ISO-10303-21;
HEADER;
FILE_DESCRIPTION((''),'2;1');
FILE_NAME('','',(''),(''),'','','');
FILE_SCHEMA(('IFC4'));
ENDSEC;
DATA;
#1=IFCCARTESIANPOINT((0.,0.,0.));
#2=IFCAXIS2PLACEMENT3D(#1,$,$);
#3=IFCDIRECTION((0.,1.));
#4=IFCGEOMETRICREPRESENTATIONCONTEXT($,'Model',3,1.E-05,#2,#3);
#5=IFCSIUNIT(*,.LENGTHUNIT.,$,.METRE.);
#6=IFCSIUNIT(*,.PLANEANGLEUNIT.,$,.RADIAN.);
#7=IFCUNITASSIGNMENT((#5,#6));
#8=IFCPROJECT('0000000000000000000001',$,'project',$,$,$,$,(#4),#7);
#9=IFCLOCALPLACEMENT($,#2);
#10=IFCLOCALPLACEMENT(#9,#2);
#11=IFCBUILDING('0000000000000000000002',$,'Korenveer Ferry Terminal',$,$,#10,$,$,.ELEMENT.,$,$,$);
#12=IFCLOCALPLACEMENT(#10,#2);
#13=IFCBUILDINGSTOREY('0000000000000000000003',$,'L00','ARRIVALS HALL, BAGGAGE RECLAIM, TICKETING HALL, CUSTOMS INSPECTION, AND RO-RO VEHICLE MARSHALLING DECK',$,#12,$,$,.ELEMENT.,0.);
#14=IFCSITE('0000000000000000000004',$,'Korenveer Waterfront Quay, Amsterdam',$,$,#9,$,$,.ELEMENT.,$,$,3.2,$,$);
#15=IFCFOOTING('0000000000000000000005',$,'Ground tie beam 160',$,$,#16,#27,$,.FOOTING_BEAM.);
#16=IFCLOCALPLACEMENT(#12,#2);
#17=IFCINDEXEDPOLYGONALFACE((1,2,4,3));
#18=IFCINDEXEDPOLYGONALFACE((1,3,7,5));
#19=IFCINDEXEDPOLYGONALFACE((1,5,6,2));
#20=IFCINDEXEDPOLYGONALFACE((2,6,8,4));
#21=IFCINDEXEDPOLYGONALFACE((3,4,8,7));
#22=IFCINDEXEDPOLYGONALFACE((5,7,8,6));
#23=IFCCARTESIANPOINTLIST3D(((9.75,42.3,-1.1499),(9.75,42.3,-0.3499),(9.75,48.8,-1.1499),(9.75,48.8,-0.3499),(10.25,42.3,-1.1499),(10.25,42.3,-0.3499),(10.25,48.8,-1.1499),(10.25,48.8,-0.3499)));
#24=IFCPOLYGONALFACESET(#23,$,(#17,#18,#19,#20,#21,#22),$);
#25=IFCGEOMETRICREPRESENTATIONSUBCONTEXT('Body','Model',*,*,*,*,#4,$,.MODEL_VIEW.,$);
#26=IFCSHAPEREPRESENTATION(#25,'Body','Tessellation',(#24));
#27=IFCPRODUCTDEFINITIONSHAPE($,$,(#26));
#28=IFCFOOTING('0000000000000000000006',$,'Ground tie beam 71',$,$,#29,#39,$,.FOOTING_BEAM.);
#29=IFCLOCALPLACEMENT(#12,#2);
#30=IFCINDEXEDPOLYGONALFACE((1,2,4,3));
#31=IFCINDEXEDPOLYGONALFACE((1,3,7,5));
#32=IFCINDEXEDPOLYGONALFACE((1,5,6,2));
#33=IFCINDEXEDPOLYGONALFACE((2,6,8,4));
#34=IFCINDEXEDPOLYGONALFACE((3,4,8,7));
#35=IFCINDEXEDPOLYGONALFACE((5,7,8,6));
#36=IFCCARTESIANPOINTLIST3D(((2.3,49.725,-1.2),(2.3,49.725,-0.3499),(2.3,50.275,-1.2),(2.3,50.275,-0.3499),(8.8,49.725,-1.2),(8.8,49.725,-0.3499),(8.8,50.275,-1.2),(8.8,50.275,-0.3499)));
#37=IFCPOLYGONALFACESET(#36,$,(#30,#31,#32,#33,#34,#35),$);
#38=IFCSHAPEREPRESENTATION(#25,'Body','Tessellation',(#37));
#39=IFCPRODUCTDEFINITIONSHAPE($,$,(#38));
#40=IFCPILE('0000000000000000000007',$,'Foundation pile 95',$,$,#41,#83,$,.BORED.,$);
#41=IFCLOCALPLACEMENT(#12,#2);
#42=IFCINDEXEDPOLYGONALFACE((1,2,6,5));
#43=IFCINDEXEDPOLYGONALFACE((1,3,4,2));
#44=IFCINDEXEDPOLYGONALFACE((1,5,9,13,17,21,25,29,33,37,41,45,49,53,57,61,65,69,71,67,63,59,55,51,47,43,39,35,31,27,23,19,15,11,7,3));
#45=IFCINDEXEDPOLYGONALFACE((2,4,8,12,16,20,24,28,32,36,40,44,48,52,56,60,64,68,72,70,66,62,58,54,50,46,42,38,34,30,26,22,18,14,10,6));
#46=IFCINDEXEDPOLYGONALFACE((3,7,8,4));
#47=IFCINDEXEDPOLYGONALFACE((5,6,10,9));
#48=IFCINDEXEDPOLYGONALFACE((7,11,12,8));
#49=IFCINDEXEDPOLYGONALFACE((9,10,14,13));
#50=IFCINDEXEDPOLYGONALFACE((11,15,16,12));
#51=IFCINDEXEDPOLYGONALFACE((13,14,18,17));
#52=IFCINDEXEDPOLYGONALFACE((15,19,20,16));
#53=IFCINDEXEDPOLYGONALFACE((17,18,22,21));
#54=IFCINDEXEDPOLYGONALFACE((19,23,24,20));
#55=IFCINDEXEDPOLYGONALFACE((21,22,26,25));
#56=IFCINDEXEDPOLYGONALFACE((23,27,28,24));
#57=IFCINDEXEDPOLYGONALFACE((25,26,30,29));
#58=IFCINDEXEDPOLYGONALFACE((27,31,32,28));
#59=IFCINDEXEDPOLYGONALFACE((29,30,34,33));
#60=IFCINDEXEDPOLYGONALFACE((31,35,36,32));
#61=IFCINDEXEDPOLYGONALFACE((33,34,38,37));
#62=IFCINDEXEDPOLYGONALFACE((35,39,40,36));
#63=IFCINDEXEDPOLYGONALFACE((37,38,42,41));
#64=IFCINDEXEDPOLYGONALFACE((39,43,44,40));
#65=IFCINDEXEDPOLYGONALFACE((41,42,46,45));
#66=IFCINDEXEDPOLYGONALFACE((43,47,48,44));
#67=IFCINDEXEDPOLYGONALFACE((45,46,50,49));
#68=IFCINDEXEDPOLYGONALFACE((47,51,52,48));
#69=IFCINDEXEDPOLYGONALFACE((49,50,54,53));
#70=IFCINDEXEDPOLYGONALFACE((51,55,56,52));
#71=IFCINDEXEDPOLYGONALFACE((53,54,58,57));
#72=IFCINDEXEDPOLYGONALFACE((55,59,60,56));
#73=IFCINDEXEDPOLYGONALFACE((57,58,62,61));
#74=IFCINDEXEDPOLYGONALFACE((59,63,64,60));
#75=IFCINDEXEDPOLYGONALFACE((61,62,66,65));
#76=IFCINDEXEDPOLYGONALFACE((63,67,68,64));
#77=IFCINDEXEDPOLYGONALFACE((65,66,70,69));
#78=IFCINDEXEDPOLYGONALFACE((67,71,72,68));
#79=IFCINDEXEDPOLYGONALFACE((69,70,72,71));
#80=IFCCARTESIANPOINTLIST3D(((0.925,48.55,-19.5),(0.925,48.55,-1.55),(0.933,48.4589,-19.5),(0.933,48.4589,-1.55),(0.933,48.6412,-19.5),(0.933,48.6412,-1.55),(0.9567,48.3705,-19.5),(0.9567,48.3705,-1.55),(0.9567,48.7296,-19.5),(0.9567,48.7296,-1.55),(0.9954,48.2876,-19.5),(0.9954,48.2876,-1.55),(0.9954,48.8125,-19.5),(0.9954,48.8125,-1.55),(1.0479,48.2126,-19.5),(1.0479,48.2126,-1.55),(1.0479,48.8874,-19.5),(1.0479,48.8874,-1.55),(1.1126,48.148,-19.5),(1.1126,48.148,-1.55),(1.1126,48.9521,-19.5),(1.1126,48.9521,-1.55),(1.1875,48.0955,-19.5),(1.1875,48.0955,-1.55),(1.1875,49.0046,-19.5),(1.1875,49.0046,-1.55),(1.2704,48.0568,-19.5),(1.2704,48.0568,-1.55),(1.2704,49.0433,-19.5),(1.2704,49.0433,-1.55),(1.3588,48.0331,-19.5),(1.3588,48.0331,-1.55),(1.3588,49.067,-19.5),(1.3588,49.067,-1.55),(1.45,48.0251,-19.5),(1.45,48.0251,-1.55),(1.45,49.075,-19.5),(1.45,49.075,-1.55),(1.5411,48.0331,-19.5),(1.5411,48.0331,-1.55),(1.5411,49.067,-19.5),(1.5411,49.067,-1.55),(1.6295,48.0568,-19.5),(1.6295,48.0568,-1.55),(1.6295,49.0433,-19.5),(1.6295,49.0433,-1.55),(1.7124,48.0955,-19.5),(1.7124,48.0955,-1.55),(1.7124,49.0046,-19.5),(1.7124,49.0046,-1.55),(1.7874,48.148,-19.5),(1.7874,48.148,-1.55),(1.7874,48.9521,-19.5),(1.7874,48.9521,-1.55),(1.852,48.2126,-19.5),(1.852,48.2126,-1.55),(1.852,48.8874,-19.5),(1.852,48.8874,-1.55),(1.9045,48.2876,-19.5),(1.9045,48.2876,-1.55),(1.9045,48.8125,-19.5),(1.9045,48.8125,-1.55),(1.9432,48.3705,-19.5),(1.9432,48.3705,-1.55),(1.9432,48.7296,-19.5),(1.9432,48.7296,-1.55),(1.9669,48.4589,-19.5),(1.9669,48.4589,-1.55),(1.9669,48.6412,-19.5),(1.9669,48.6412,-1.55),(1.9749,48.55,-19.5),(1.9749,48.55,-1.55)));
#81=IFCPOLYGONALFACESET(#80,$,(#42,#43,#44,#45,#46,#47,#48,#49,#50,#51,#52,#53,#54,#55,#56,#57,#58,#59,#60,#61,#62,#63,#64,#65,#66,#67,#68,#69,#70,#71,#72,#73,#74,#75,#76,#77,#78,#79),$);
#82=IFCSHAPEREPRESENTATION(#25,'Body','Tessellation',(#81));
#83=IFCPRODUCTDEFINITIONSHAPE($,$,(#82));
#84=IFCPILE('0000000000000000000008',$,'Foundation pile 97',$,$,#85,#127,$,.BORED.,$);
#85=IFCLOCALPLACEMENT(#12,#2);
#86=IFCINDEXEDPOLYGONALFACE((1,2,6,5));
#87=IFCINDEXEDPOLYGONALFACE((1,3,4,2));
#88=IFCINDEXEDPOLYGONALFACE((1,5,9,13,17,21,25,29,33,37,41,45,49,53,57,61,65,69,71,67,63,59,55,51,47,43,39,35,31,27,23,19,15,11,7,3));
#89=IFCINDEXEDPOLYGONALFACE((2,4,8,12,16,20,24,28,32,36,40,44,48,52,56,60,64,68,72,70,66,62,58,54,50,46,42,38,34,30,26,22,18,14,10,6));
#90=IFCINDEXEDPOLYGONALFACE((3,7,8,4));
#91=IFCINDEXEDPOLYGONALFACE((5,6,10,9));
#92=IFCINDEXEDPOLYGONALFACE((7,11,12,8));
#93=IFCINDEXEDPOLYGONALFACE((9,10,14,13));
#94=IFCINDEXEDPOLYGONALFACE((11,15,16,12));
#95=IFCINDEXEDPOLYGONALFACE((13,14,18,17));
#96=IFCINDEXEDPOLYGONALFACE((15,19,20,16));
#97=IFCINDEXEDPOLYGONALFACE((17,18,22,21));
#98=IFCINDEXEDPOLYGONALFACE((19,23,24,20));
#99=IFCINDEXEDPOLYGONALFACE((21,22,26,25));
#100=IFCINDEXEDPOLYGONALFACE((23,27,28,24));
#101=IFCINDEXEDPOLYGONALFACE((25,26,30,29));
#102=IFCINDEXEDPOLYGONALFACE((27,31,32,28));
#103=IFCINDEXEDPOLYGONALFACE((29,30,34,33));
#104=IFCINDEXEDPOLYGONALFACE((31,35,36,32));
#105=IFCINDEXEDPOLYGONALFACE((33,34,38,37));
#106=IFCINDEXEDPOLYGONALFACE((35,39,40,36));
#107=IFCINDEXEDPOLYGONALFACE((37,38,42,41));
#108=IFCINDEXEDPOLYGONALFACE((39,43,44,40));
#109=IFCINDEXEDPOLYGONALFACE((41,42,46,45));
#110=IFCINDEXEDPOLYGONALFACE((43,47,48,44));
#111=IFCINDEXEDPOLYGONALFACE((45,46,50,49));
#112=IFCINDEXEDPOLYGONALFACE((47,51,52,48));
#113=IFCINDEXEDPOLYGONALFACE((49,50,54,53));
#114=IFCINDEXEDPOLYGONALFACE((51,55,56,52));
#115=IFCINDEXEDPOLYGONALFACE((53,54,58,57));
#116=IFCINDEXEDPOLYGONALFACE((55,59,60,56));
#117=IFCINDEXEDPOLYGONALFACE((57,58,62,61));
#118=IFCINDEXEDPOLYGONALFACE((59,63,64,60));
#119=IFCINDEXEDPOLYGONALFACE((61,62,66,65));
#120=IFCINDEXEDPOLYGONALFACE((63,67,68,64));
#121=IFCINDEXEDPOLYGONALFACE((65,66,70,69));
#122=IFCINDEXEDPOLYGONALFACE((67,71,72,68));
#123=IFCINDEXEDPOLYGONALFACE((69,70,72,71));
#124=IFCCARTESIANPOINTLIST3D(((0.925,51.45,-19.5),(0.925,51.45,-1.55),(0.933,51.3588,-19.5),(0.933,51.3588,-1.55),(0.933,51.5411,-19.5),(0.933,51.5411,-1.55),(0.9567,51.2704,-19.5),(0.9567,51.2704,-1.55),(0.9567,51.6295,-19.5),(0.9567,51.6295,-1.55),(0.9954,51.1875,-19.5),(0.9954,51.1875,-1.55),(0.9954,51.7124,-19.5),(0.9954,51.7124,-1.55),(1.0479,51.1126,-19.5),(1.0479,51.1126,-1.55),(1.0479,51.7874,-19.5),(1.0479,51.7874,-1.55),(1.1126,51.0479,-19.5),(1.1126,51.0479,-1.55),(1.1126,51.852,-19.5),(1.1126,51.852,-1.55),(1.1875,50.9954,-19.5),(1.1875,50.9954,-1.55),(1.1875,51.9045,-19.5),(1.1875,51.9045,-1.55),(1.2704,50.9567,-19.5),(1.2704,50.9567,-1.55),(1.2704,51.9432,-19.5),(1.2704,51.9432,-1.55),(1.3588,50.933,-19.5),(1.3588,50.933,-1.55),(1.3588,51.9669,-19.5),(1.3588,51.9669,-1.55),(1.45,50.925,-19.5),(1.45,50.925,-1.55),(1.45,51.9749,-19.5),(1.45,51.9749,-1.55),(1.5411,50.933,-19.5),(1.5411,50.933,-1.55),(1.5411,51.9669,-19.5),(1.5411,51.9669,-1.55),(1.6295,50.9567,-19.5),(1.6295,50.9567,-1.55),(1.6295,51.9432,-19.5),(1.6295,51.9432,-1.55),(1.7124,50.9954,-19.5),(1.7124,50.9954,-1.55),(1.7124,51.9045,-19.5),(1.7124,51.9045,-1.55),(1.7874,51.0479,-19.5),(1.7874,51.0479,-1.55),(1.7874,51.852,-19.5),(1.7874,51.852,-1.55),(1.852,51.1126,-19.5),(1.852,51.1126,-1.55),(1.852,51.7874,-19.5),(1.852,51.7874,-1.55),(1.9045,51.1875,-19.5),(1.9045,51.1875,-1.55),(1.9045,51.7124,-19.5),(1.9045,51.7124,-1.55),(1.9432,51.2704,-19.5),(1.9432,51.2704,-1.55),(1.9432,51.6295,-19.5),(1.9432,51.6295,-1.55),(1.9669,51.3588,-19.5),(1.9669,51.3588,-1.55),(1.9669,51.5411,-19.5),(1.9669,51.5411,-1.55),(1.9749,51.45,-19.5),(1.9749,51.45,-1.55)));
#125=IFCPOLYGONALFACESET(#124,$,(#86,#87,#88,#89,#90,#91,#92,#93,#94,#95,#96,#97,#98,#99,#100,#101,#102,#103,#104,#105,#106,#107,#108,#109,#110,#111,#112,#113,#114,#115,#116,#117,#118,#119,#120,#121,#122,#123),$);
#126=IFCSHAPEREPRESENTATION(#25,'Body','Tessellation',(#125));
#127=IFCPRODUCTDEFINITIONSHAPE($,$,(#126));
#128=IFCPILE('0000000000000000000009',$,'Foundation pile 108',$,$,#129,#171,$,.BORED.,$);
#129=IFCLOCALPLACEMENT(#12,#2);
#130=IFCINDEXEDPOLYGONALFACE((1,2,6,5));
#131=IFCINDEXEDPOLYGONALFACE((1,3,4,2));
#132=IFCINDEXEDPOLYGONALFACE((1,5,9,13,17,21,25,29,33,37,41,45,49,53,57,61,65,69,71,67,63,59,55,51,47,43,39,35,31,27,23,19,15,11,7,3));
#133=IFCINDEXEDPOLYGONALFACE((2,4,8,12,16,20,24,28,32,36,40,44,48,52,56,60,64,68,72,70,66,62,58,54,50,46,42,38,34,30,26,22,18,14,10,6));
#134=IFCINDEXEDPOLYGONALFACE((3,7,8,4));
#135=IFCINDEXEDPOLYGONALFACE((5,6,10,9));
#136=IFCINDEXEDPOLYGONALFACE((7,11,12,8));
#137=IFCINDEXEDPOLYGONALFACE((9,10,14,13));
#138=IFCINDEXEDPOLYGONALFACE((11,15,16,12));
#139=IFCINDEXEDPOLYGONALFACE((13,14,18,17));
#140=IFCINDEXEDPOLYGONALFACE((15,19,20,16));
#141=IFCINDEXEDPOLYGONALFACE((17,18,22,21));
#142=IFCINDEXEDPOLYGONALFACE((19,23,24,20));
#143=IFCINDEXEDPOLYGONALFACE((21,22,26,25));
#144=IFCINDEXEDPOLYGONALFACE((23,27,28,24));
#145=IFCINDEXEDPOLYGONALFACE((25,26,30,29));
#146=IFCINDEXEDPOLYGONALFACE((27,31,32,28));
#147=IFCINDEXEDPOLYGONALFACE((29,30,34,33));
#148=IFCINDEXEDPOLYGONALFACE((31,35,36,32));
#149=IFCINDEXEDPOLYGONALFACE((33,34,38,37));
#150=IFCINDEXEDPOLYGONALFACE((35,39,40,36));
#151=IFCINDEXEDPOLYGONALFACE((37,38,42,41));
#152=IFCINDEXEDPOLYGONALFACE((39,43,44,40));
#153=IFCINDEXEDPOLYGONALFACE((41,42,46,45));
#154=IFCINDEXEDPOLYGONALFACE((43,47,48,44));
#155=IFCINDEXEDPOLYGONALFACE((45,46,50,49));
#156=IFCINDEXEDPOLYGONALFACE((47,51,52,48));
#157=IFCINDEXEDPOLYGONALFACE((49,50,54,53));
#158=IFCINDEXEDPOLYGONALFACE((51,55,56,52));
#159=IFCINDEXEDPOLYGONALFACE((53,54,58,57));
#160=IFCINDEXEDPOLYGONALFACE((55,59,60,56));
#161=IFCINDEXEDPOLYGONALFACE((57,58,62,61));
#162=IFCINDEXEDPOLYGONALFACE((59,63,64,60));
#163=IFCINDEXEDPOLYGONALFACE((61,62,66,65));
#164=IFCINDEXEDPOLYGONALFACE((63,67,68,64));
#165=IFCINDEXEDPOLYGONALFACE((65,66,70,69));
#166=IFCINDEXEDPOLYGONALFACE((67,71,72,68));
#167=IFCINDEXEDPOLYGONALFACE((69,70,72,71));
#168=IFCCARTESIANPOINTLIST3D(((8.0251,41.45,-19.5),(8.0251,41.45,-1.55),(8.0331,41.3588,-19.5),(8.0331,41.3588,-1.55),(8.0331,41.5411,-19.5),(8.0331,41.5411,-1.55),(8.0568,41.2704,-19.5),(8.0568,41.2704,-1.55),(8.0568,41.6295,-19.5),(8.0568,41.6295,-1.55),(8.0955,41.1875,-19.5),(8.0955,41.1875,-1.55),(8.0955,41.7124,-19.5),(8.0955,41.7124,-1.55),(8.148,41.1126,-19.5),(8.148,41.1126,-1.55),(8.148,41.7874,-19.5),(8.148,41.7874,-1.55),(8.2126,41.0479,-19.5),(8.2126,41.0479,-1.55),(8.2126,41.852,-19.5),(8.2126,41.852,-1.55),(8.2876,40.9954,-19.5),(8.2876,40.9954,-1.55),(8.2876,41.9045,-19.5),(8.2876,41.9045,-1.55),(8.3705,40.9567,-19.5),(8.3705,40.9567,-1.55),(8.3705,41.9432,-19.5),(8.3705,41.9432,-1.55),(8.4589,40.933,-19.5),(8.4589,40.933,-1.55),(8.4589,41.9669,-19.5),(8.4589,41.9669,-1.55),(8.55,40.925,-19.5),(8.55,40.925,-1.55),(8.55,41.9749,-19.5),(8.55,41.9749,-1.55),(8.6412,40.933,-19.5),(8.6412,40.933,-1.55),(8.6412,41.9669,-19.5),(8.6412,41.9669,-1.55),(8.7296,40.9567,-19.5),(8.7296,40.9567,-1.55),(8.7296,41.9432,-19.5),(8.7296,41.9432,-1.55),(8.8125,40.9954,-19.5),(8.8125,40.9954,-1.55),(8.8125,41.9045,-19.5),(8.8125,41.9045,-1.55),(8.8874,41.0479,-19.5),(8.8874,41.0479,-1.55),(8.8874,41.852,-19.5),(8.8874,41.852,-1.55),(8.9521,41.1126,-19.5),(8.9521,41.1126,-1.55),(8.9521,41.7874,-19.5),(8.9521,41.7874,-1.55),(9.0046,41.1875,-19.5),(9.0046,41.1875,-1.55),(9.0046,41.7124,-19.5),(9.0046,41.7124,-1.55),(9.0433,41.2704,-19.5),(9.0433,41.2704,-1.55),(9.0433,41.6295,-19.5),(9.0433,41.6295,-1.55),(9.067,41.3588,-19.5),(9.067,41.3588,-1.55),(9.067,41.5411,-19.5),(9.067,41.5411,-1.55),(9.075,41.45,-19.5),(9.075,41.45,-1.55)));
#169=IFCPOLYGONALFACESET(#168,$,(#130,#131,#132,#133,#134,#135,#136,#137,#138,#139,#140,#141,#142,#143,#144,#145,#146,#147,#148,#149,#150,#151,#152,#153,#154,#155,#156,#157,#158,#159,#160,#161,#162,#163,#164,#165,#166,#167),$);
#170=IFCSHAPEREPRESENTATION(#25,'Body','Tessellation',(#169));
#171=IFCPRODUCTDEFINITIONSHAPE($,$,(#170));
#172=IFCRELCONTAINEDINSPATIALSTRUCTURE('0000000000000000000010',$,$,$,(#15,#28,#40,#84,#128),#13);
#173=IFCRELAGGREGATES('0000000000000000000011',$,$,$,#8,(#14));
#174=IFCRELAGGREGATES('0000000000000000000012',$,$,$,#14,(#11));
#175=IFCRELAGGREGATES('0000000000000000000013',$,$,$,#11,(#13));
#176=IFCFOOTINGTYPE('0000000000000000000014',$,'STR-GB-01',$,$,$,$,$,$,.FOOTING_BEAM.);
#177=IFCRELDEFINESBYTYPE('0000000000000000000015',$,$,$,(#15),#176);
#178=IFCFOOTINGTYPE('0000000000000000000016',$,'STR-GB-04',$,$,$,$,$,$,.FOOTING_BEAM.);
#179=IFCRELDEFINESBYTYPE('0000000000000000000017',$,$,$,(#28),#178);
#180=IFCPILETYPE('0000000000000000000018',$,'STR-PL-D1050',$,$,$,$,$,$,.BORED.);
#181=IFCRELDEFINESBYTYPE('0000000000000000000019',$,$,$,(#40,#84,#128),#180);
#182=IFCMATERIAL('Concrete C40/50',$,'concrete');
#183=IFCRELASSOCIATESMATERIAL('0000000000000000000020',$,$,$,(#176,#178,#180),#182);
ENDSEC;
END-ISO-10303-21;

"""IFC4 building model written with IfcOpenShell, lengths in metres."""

from ifc_helpers import new_model, si_unit, direction, frame, origin, origin_2d, place, context, subcontext, project, spatial, rectangle, circle, extrude, material, material_profile, profile_set, type_object, element, save


model = new_model("IFC4")

# Units and contexts
model_context = context("Model", 3, precision=1e-05, world=origin(), true_north=direction((0.0, 1.0)))
body_context = subcontext(model_context, "Body", "Model", "MODEL_VIEW")
ifc_project = project(units=[si_unit("LENGTHUNIT", "METRE"), si_unit("PLANEANGLEUNIT", "RADIAN")], contexts=[model_context])

# Site, building, storey
site_placement = place(None, origin())
site = spatial("IfcSite", under=ifc_project, at=site_placement, Name="Korenveer Waterfront Quay, Amsterdam", CompositionType="ELEMENT", RefElevation=3.2)
building_placement = place(site_placement, origin())
building = spatial("IfcBuilding", under=site, at=building_placement, Name="Korenveer Ferry Terminal", CompositionType="ELEMENT")
storey_placement = place(building_placement, origin())
storey = spatial("IfcBuildingStorey", under=building, at=storey_placement, Name="L00", Description="ARRIVALS HALL, BAGGAGE RECLAIM, TICKETING HALL, CUSTOMS INSPECTION, AND RO-RO VEHICLE MARSHALLING DECK", CompositionType="ELEMENT", Elevation=0.0)

# Footings
ifc_material_1 = material(Name="Concrete C40/50", Category="concrete")
footing_type_1 = type_object("IfcFootingType", Name="STR-GB-01", PredefinedType="FOOTING_BEAM", material=ifc_material_1)
footing_1_placement = place(storey_placement, frame((10.0, 45.55, -1.1499), z_axis=(0.0, 0.0, 1.0), x_axis=(1.0, 0.0, 0.0)))
element("IfcFooting", 1, at=footing_1_placement, inside=storey, type_object=footing_type_1, Name="Ground tie beam 160", PredefinedType="FOOTING_BEAM", context=body_context, shape_type="SweptSolid", body=[
    extrude(rectangle(XDim=0.5, YDim=6.5, at=origin_2d()), origin(), (0.0, 0.0, 1.0), 0.8),
])
footing_type_2 = type_object("IfcFootingType", Name="STR-GB-04", PredefinedType="FOOTING_BEAM", material=ifc_material_1)
footing_2_placement = place(storey_placement, frame((5.55, 50.0, -1.2), z_axis=(0.0, 0.0, 1.0), x_axis=(1.0, 0.0, 0.0)))
element("IfcFooting", 2, at=footing_2_placement, inside=storey, type_object=footing_type_2, Name="Ground tie beam 71", PredefinedType="FOOTING_BEAM", context=body_context, shape_type="SweptSolid", body=[
    extrude(rectangle(XDim=6.5, YDim=0.55, at=origin_2d()), origin(), (0.0, 0.0, 1.0), 0.8501),
])

# Piles
ifc_material_profile_1 = material_profile(ifc_material_1, circle(Radius=0.5249, at=origin_2d()), Name="PILE D1050")
ifc_profile_set_1 = profile_set([ifc_material_profile_1], Name="Concrete C40/50")
pile_type_1 = type_object("IfcPileType", Name="STR-PL-D1050", PredefinedType="BORED", material=ifc_profile_set_1)
for number, where, z_axis, x_axis, name in (
    (3, (1.45, 48.55, -1.55), (0.0, 0.0, -1.0), (1.0, 0.0, 0.0), "Foundation pile 95"),
    (4, (1.45, 51.45, -1.55), (0.0, 0.0, -1.0), (1.0, 0.0, 0.0), "Foundation pile 97"),
    (5, (8.55, 41.45, -1.55), (0.0, 0.0, -1.0), (1.0, 0.0, 0.0), "Foundation pile 108"),
):
    element("IfcPile", number, at=place(storey_placement, frame(where, z_axis=z_axis, x_axis=x_axis)), inside=storey, type_object=pile_type_1, Name=name, PredefinedType="BORED", context=body_context, shape_type="SweptSolid", body=[
        extrude(circle(Radius=0.5249, at=origin_2d()), origin(), (0.0, 0.0, 1.0), 17.95),
    ])

save(model, "model.ifc")
